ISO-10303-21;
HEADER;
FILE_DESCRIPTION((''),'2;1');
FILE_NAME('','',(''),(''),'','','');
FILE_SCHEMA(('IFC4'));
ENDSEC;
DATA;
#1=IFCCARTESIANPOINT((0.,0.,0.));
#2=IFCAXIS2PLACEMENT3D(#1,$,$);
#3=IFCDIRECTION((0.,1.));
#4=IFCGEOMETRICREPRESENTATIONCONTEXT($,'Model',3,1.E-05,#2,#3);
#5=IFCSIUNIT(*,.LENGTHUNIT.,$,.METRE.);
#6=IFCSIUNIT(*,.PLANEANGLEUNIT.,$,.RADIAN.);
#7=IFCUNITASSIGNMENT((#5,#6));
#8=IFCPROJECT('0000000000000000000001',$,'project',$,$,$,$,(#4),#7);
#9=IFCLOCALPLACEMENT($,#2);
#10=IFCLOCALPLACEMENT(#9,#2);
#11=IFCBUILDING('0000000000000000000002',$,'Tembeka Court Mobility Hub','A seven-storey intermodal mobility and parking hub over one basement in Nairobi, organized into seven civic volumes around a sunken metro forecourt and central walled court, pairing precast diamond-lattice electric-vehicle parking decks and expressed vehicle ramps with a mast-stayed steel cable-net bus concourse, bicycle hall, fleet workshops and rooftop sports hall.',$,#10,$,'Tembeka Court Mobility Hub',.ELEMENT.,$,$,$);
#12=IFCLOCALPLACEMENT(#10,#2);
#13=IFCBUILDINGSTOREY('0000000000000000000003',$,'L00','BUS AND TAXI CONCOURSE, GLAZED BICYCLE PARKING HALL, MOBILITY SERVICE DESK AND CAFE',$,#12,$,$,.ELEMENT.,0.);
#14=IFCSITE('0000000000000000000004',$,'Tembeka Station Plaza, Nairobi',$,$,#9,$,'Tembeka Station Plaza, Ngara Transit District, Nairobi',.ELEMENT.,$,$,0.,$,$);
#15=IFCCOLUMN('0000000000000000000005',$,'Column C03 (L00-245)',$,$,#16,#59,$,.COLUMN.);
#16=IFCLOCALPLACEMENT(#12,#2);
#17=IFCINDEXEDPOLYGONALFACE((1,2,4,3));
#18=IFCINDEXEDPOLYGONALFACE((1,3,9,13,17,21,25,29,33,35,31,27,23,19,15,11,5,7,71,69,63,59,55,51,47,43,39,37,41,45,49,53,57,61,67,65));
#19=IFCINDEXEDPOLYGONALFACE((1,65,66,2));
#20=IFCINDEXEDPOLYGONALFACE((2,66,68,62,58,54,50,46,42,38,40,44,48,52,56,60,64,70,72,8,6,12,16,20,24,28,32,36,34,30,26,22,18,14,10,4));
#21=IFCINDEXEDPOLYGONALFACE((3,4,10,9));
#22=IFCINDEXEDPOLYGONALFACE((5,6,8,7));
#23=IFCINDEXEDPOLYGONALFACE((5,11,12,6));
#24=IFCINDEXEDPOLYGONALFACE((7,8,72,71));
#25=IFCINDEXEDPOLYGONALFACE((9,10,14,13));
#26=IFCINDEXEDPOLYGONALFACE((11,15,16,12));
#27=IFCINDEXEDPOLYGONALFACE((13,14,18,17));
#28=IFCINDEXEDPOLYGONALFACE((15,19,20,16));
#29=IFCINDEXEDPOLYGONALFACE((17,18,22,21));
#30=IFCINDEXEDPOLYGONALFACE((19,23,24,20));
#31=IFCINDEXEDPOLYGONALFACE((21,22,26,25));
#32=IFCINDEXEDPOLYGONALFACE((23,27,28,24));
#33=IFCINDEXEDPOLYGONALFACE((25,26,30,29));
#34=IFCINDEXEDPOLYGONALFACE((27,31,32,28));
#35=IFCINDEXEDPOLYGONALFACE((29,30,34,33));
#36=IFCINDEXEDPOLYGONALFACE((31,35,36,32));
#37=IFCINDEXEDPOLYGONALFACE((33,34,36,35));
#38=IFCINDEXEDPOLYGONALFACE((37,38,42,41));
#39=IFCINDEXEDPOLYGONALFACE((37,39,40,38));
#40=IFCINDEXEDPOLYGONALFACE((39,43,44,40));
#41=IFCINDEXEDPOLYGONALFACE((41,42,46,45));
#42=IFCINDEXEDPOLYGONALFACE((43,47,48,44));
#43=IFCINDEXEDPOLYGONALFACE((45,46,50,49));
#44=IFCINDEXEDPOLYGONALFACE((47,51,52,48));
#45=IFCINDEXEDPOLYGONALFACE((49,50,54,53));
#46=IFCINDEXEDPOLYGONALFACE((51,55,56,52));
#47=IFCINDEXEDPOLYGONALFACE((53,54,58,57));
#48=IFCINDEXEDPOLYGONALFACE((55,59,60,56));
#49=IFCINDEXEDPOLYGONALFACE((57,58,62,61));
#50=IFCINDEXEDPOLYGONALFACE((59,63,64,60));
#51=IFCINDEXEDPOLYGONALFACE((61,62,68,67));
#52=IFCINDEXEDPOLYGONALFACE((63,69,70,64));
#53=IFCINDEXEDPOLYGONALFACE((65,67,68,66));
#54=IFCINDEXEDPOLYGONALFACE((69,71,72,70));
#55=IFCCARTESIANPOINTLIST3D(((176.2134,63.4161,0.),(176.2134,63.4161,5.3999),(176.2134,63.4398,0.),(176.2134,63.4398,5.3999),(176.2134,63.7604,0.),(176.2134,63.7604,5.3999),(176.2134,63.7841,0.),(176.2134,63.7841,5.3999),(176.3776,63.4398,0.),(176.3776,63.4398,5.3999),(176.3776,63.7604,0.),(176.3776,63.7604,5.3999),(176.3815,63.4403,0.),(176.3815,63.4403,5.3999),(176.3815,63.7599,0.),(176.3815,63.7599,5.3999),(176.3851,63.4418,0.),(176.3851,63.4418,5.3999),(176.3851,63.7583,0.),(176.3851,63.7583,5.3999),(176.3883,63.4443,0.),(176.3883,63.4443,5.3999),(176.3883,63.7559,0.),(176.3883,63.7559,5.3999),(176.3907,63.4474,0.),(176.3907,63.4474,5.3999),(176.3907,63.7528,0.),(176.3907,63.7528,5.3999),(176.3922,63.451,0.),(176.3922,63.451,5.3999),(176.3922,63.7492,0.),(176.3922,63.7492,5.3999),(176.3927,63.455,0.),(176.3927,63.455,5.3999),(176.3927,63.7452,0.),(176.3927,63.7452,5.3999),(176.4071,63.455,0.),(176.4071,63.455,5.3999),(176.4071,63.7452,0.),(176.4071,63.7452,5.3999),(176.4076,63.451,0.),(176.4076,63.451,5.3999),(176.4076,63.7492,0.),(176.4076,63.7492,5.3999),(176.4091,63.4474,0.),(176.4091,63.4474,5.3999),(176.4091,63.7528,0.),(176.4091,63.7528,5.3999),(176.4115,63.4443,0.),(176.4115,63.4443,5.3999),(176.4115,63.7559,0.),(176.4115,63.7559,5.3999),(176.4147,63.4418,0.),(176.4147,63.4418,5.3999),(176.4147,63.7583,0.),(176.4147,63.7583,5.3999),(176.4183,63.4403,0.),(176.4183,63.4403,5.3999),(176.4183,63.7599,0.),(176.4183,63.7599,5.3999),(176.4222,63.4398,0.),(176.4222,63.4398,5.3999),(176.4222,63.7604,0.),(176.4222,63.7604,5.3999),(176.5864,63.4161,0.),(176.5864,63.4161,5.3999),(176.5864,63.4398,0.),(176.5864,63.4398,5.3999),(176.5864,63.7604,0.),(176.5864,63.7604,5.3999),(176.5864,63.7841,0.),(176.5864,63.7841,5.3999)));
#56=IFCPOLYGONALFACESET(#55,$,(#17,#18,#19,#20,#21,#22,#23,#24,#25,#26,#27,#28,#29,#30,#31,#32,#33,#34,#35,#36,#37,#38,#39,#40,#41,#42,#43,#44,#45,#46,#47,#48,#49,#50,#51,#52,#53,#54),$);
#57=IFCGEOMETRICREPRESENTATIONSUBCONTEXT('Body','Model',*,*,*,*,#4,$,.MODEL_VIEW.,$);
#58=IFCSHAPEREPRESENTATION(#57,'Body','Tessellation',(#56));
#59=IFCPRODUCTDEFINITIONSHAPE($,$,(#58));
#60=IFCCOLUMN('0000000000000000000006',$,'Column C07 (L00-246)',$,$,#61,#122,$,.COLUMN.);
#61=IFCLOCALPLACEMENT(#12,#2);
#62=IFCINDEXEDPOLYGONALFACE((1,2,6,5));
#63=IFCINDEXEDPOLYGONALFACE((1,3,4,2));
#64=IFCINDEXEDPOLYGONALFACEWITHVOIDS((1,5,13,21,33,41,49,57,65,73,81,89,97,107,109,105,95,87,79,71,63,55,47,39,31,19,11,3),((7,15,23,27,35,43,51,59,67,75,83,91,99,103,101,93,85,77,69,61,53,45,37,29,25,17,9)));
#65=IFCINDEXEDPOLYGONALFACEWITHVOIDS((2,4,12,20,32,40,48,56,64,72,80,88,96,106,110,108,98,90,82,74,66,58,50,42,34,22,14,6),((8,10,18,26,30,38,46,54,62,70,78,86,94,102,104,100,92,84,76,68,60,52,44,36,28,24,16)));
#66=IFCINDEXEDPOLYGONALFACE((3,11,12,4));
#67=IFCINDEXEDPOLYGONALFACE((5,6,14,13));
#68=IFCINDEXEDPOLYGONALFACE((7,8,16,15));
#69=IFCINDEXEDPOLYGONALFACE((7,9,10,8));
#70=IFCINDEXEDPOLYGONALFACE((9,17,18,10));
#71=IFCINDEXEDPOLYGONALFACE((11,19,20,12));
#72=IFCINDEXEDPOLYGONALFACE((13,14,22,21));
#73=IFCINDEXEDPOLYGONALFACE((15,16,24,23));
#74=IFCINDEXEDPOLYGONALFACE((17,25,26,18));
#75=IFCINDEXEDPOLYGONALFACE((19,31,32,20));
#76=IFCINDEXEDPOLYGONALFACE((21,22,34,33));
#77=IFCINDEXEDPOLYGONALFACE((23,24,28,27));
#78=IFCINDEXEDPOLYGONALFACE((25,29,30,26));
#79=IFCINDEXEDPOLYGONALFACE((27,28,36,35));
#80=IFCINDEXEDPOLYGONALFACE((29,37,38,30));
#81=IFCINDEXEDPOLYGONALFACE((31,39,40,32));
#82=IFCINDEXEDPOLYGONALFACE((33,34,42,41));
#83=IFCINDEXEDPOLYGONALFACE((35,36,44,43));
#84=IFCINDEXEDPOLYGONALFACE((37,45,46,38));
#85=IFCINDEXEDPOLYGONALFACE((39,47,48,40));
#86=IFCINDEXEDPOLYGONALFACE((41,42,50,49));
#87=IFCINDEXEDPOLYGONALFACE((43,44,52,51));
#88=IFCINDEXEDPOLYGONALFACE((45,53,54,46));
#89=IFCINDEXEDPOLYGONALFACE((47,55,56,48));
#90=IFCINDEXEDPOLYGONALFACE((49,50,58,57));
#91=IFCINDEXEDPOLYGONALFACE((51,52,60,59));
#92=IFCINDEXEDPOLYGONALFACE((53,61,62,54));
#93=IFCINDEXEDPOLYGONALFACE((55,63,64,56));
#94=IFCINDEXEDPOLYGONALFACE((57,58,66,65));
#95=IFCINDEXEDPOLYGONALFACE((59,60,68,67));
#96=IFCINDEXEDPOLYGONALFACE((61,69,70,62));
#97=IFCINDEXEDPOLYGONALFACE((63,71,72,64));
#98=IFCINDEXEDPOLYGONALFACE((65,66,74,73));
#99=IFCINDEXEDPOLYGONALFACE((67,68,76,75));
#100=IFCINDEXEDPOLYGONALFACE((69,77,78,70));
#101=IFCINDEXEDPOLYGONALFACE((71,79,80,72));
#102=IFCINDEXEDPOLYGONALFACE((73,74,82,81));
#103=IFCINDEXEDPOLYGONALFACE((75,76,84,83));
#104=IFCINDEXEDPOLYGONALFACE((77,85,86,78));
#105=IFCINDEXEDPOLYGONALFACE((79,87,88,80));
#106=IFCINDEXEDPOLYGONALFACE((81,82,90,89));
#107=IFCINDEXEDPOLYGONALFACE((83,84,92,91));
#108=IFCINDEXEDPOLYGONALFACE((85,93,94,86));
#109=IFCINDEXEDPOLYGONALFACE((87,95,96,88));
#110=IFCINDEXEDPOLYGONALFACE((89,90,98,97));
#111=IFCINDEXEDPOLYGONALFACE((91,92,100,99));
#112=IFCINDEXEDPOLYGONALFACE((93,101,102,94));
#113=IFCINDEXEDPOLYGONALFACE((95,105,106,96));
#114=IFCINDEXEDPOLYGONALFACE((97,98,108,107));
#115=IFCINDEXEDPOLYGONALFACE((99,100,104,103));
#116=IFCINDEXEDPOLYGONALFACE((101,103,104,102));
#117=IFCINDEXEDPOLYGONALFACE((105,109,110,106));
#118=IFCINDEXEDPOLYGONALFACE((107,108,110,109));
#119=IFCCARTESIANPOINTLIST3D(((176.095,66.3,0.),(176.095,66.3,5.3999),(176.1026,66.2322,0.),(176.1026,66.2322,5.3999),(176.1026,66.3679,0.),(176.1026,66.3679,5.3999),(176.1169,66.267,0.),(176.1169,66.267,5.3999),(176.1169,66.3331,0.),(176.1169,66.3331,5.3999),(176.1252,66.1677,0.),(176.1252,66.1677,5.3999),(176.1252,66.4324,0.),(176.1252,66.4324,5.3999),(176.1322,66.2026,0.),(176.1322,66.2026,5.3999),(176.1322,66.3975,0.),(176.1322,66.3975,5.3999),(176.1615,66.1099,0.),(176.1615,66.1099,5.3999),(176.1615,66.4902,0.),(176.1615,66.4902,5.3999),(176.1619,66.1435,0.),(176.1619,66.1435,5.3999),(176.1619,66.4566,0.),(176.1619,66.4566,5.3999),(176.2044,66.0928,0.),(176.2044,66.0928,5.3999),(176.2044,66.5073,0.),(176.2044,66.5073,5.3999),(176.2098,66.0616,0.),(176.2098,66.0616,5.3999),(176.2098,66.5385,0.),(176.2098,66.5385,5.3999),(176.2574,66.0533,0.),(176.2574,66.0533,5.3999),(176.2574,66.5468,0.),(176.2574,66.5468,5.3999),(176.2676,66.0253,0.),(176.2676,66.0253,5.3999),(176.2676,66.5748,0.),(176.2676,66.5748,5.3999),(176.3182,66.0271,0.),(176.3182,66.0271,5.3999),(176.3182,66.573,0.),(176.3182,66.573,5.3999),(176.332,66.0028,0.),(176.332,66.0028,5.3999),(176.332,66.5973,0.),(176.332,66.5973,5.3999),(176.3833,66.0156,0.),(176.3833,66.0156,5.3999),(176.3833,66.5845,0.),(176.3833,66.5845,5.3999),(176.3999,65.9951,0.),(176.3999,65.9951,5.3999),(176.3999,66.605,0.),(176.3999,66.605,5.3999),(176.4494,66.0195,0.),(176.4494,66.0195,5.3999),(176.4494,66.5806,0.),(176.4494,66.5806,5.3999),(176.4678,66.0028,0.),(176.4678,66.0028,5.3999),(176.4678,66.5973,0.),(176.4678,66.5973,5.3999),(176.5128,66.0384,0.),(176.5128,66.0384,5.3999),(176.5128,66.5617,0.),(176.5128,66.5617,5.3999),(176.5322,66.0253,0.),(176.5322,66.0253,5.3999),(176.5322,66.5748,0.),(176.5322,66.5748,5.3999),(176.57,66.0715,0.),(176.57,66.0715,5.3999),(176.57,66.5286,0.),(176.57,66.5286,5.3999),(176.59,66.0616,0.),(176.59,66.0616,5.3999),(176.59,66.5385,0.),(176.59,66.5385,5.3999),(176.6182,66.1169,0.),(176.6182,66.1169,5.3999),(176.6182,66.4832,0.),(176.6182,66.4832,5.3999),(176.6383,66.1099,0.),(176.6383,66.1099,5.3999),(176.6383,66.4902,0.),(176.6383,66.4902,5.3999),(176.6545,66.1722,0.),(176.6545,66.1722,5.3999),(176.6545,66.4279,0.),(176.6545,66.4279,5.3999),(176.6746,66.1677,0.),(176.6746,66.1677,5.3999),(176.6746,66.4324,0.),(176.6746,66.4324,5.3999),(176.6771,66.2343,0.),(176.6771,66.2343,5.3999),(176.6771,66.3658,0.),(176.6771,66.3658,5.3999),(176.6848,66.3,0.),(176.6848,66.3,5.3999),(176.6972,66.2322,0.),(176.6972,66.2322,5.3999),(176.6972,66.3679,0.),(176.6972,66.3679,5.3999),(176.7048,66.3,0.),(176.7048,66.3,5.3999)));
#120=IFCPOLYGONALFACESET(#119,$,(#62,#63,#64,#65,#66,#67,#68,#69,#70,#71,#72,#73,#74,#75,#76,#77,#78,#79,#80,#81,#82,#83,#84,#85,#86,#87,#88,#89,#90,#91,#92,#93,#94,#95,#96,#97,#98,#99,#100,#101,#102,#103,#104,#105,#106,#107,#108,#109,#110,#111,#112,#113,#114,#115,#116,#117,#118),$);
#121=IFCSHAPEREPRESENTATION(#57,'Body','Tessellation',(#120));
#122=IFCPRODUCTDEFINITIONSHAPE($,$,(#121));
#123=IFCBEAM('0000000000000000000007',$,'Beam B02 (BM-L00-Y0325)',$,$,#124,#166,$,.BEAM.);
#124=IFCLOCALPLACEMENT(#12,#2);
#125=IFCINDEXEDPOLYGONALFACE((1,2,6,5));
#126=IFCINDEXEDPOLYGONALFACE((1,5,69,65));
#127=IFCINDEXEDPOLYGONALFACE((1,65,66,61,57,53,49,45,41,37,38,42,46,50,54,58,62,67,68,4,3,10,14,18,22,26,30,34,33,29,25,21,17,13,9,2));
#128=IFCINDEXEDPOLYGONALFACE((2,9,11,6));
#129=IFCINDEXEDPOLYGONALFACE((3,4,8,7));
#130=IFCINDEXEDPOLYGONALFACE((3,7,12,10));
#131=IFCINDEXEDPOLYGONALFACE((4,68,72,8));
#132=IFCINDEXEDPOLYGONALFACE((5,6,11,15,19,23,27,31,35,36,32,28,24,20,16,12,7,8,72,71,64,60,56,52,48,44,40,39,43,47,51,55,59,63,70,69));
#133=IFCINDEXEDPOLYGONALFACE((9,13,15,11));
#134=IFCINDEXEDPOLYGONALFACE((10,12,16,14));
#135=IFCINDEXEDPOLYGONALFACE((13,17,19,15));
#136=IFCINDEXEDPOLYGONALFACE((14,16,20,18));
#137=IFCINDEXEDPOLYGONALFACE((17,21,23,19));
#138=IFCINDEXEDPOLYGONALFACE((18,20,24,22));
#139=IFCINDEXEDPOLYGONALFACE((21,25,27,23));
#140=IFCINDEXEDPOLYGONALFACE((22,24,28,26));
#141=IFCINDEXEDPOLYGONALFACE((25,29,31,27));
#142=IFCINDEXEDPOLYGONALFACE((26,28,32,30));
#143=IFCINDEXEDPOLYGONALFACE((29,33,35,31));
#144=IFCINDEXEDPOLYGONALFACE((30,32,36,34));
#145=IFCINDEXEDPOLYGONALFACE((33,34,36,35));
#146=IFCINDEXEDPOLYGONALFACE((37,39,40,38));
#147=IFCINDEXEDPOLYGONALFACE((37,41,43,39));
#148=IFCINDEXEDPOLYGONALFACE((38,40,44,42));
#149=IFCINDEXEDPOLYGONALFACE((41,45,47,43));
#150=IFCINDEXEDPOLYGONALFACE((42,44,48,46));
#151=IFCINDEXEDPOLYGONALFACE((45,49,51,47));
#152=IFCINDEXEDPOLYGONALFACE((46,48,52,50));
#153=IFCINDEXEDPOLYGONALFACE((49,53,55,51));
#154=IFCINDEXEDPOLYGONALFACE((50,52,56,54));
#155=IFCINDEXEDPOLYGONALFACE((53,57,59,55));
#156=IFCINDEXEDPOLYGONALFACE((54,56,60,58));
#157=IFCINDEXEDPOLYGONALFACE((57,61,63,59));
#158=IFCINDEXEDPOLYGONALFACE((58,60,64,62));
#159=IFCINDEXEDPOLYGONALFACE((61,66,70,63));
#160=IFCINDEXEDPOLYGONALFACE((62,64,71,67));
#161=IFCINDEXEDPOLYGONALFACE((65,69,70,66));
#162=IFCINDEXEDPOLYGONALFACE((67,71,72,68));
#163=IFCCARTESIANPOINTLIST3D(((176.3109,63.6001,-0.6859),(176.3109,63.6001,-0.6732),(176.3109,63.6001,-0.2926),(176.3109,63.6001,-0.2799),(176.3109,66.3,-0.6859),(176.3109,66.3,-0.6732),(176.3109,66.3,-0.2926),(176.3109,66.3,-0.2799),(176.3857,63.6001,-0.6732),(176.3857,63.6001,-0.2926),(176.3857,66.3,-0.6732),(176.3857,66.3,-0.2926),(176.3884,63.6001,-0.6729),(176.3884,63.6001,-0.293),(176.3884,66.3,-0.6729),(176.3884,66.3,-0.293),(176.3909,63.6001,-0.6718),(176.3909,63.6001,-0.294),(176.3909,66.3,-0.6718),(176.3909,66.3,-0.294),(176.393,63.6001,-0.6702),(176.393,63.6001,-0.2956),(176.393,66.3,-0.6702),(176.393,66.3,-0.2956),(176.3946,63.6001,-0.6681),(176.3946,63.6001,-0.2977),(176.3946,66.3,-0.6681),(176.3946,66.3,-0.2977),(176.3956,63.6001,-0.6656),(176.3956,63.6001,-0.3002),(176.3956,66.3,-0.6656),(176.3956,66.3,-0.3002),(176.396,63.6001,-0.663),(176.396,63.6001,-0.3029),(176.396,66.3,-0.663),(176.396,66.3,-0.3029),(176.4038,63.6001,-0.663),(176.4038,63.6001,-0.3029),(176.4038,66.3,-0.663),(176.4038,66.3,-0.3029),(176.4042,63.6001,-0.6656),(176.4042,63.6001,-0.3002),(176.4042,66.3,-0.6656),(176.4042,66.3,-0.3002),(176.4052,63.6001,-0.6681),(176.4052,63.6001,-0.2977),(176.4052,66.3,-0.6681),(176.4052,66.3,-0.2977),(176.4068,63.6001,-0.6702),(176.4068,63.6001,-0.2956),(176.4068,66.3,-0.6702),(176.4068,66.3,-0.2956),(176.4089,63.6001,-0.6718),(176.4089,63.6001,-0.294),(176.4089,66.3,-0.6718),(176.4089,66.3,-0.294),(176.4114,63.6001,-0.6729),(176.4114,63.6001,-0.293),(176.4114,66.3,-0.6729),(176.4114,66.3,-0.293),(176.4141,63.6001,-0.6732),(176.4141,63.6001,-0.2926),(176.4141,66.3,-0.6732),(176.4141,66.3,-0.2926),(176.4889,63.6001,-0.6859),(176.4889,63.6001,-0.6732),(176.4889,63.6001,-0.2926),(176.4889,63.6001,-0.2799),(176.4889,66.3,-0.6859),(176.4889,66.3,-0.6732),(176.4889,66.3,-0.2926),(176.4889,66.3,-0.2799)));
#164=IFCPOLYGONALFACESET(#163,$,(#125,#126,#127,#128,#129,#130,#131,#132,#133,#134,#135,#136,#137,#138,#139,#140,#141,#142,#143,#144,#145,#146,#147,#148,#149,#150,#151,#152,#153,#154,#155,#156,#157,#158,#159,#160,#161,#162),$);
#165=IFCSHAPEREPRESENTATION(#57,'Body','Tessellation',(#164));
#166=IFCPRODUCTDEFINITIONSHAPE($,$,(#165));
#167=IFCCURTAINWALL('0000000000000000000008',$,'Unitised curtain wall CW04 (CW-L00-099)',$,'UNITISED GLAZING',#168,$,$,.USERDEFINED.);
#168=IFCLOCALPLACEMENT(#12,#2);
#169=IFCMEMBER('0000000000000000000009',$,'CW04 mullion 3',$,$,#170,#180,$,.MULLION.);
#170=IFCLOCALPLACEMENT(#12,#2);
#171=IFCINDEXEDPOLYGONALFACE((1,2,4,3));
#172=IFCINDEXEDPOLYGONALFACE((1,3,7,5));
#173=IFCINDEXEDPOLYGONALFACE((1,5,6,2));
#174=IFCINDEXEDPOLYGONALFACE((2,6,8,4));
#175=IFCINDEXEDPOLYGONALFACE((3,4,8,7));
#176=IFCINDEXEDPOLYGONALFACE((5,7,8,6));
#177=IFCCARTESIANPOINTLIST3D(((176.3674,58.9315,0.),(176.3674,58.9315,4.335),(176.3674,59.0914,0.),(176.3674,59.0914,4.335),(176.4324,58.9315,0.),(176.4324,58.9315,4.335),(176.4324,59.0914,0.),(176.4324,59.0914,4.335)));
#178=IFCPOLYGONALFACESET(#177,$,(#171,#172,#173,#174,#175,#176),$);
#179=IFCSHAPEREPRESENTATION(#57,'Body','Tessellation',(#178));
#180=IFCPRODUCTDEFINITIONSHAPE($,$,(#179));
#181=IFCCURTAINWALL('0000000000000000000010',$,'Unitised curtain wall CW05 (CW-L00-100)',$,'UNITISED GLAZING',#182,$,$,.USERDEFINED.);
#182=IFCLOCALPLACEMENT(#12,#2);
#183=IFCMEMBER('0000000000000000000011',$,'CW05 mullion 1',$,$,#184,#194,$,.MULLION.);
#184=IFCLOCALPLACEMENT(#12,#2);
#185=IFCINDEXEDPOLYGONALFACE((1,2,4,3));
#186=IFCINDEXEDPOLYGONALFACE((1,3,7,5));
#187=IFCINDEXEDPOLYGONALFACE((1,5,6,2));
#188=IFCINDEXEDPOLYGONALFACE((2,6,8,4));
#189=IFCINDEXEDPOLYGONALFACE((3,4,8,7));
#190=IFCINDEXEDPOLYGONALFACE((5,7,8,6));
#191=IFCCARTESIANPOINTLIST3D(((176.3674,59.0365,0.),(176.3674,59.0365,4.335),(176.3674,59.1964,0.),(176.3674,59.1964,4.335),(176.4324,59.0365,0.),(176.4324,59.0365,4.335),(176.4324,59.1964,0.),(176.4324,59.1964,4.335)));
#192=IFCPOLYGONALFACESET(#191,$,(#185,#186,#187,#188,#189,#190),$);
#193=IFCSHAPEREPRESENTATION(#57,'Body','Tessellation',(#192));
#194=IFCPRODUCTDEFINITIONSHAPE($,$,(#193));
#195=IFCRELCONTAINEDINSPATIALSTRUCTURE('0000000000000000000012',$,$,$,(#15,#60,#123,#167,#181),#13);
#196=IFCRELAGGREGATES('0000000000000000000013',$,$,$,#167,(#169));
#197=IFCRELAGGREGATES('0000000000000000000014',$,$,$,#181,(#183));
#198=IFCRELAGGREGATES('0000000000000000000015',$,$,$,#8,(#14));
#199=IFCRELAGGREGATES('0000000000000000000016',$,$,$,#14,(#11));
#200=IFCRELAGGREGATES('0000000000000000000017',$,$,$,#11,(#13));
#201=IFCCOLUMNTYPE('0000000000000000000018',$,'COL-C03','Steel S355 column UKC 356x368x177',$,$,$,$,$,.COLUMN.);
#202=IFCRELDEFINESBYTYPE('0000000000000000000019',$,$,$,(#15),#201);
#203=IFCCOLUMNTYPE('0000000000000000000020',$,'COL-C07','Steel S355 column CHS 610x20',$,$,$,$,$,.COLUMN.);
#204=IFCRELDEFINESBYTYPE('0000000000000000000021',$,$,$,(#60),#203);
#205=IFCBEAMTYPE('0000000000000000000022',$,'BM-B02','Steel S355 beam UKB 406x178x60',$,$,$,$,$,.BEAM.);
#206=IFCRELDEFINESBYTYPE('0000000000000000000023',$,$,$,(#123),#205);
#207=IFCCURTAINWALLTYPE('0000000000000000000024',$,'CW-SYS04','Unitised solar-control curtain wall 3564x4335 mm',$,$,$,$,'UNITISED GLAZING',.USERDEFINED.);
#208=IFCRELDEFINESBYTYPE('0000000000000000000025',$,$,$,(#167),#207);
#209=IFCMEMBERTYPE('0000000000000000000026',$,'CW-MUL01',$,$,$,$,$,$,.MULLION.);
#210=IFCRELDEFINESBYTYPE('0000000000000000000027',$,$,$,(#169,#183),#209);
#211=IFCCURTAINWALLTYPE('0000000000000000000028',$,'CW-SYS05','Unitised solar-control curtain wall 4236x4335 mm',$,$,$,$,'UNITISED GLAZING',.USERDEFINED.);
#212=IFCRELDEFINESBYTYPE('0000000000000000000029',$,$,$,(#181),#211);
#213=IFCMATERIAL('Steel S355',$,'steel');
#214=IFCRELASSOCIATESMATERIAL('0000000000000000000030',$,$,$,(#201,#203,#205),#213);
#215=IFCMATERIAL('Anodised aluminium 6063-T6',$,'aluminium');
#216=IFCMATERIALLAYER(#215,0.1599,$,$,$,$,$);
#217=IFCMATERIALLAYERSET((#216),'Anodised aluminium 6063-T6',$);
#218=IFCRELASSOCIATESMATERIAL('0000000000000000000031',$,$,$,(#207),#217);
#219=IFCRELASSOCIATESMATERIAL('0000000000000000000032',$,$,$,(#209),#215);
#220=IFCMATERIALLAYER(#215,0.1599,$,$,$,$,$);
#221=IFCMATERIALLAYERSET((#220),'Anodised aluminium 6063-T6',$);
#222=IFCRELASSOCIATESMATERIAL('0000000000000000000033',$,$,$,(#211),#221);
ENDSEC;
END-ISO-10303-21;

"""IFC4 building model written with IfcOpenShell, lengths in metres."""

from ifc_helpers import new_model, si_unit, direction, frame, origin, origin_2d, place, context, subcontext, project, spatial, rectangle, hollow_circle, i_section, extrude, material, layer, layer_set, material_profile, profile_set, type_object, element, aggregate, save


model = new_model("IFC4")

# Units and contexts
model_context = context("Model", 3, precision=1e-05, world=origin(), true_north=direction((0.0, 1.0)))
body_context = subcontext(model_context, "Body", "Model", "MODEL_VIEW")
ifc_project = project(units=[si_unit("LENGTHUNIT", "METRE"), si_unit("PLANEANGLEUNIT", "RADIAN")], contexts=[model_context])

# Site, building, storey
site_placement = place(None, origin())
site = spatial("IfcSite", under=ifc_project, at=site_placement, Name="Tembeka Station Plaza, Nairobi", LongName="Tembeka Station Plaza, Ngara Transit District, Nairobi", CompositionType="ELEMENT", RefElevation=0.0)
building_placement = place(site_placement, origin())
building = spatial("IfcBuilding", under=site, at=building_placement, Name="Tembeka Court Mobility Hub", Description="A seven-storey intermodal mobility and parking hub over one basement in Nairobi, organized into seven civic volumes around a sunken metro forecourt and central walled court, pairing precast diamond-lattice electric-vehicle parking decks and expressed vehicle ramps with a mast-stayed steel cable-net bus concourse, bicycle hall, fleet workshops and rooftop sports hall.", LongName="Tembeka Court Mobility Hub", CompositionType="ELEMENT")
storey_placement = place(building_placement, origin())
storey = spatial("IfcBuildingStorey", under=building, at=storey_placement, Name="L00", Description="BUS AND TAXI CONCOURSE, GLAZED BICYCLE PARKING HALL, MOBILITY SERVICE DESK AND CAFE", CompositionType="ELEMENT", Elevation=0.0)

# Columns
ifc_material_1 = material(Name="Steel S355", Category="steel")
ifc_material_profile_1 = material_profile(ifc_material_1, i_section(OverallWidth=0.373, OverallDepth=0.3679, WebThickness=0.0144, FlangeThickness=0.0237, FilletRadius=0.0151, at=origin_2d()), Name="UKC 356x368x177")
ifc_profile_set_1 = profile_set([ifc_material_profile_1], Name="Steel S355")
column_type_1 = type_object("IfcColumnType", Name="COL-C03", Description="Steel S355 column UKC 356x368x177", PredefinedType="COLUMN", material=ifc_profile_set_1)
column_1_placement = place(storey_placement, frame((176.3999, 63.6001, 0.0), z_axis=(0.0, 0.0, 1.0), x_axis=(1.0, 0.0, 0.0)))
element("IfcColumn", 1, at=column_1_placement, inside=storey, type_object=column_type_1, Name="Column C03 (L00-245)", PredefinedType="COLUMN", context=body_context, shape_type="SweptSolid", body=[
    extrude(i_section(OverallWidth=0.373, OverallDepth=0.3679, WebThickness=0.0144, FlangeThickness=0.0237, FilletRadius=0.0151, at=origin_2d()), origin(), (0.0, 0.0, 1.0), 5.3999),
])
ifc_material_profile_2 = material_profile(ifc_material_1, hollow_circle(Radius=0.3049, WallThickness=0.02, at=origin_2d()), Name="CHS 610x20")
ifc_profile_set_2 = profile_set([ifc_material_profile_2], Name="Steel S355")
column_type_2 = type_object("IfcColumnType", Name="COL-C07", Description="Steel S355 column CHS 610x20", PredefinedType="COLUMN", material=ifc_profile_set_2)
column_2_placement = place(storey_placement, frame((176.3999, 66.3, 0.0), z_axis=(0.0, 0.0, 1.0), x_axis=(1.0, 0.0, 0.0)))
element("IfcColumn", 2, at=column_2_placement, inside=storey, type_object=column_type_2, Name="Column C07 (L00-246)", PredefinedType="COLUMN", context=body_context, shape_type="SweptSolid", body=[
    extrude(hollow_circle(Radius=0.3049, WallThickness=0.02, at=origin_2d()), origin(), (0.0, 0.0, 1.0), 5.3999),
])

# Beam
ifc_material_profile_3 = material_profile(ifc_material_1, i_section(OverallWidth=0.178, OverallDepth=0.406, WebThickness=0.0078, FlangeThickness=0.0127, FilletRadius=0.0103, at=origin_2d()), Name="UKB 406x178x60")
ifc_profile_set_3 = profile_set([ifc_material_profile_3], Name="Steel S355")
beam_type = type_object("IfcBeamType", Name="BM-B02", Description="Steel S355 beam UKB 406x178x60", PredefinedType="BEAM", material=ifc_profile_set_3)
beam_placement = place(storey_placement, frame((176.3999, 63.6001, -0.4829), z_axis=(0.0, 1.0, 0.0), x_axis=(-1.0, 0.0, 0.0)))
element("IfcBeam", 3, at=beam_placement, inside=storey, type_object=beam_type, Name="Beam B02 (BM-L00-Y0325)", PredefinedType="BEAM", context=body_context, shape_type="SweptSolid", body=[
    extrude(i_section(OverallWidth=0.178, OverallDepth=0.406, WebThickness=0.0078, FlangeThickness=0.0127, FilletRadius=0.0103, at=origin_2d()), origin(), (0.0, 0.0, 1.0), 2.7),
])

# Curtain wall, member
ifc_material_2 = material(Name="Anodised aluminium 6063-T6", Category="aluminium")
ifc_layer_1 = layer(ifc_material_2, 0.1599)
ifc_layer_set_1 = layer_set([ifc_layer_1], Name="Anodised aluminium 6063-T6")
curtain_wall_type_1 = type_object("IfcCurtainWallType", Name="CW-SYS04", Description="Unitised solar-control curtain wall 3564x4335 mm", ElementType="UNITISED GLAZING", PredefinedType="USERDEFINED", material=ifc_layer_set_1)
curtain_wall_1_placement = place(storey_placement, origin())
curtain_wall_1 = element("IfcCurtainWall", 4, at=curtain_wall_1_placement, inside=storey, type_object=curtain_wall_type_1, Name="Unitised curtain wall CW04 (CW-L00-099)", ObjectType="UNITISED GLAZING", PredefinedType="USERDEFINED")
ifc_material_profile_4 = material_profile(ifc_material_2, rectangle(XDim=0.0649, YDim=0.1599, at=origin_2d()), Name="ALU-MUL 65x160")
ifc_profile_set_4 = profile_set([ifc_material_profile_4], Name="Anodised aluminium 6063-T6")
member_type_1 = type_object("IfcMemberType", Name="CW-MUL01", PredefinedType="MULLION", material=ifc_profile_set_4)
member_1_placement = place(storey_placement, frame((176.3999, 59.0115, 0.0), z_axis=(0.0, 0.0, 1.0), x_axis=(-1.0, 0.0, 0.0)))
member_1 = element("IfcMember", 5, at=member_1_placement, type_object=member_type_1, Name="CW04 mullion 3", PredefinedType="MULLION", context=body_context, shape_type="SweptSolid", body=[
    extrude(rectangle(XDim=0.0649, YDim=0.1599, at=origin_2d()), origin(), (0.0, 0.0, 1.0), 4.335),
])

# Curtain wall, member
ifc_layer_2 = layer(ifc_material_2, 0.1599)
ifc_layer_set_2 = layer_set([ifc_layer_2], Name="Anodised aluminium 6063-T6")
curtain_wall_type_2 = type_object("IfcCurtainWallType", Name="CW-SYS05", Description="Unitised solar-control curtain wall 4236x4335 mm", ElementType="UNITISED GLAZING", PredefinedType="USERDEFINED", material=ifc_layer_set_2)
curtain_wall_2_placement = place(storey_placement, origin())
curtain_wall_2 = element("IfcCurtainWall", 6, at=curtain_wall_2_placement, inside=storey, type_object=curtain_wall_type_2, Name="Unitised curtain wall CW05 (CW-L00-100)", ObjectType="UNITISED GLAZING", PredefinedType="USERDEFINED")
member_2_placement = place(storey_placement, frame((176.3999, 59.1165, 0.0), z_axis=(0.0, 0.0, 1.0), x_axis=(-1.0, 0.0, 0.0)))
member_2 = element("IfcMember", 7, at=member_2_placement, type_object=member_type_1, Name="CW05 mullion 1", PredefinedType="MULLION", context=body_context, shape_type="SweptSolid", body=[
    extrude(rectangle(XDim=0.0649, YDim=0.1599, at=origin_2d()), origin(), (0.0, 0.0, 1.0), 4.335),
])

aggregate(curtain_wall_1, [member_1])
aggregate(curtain_wall_2, [member_2])

save(model, "model.ifc")
